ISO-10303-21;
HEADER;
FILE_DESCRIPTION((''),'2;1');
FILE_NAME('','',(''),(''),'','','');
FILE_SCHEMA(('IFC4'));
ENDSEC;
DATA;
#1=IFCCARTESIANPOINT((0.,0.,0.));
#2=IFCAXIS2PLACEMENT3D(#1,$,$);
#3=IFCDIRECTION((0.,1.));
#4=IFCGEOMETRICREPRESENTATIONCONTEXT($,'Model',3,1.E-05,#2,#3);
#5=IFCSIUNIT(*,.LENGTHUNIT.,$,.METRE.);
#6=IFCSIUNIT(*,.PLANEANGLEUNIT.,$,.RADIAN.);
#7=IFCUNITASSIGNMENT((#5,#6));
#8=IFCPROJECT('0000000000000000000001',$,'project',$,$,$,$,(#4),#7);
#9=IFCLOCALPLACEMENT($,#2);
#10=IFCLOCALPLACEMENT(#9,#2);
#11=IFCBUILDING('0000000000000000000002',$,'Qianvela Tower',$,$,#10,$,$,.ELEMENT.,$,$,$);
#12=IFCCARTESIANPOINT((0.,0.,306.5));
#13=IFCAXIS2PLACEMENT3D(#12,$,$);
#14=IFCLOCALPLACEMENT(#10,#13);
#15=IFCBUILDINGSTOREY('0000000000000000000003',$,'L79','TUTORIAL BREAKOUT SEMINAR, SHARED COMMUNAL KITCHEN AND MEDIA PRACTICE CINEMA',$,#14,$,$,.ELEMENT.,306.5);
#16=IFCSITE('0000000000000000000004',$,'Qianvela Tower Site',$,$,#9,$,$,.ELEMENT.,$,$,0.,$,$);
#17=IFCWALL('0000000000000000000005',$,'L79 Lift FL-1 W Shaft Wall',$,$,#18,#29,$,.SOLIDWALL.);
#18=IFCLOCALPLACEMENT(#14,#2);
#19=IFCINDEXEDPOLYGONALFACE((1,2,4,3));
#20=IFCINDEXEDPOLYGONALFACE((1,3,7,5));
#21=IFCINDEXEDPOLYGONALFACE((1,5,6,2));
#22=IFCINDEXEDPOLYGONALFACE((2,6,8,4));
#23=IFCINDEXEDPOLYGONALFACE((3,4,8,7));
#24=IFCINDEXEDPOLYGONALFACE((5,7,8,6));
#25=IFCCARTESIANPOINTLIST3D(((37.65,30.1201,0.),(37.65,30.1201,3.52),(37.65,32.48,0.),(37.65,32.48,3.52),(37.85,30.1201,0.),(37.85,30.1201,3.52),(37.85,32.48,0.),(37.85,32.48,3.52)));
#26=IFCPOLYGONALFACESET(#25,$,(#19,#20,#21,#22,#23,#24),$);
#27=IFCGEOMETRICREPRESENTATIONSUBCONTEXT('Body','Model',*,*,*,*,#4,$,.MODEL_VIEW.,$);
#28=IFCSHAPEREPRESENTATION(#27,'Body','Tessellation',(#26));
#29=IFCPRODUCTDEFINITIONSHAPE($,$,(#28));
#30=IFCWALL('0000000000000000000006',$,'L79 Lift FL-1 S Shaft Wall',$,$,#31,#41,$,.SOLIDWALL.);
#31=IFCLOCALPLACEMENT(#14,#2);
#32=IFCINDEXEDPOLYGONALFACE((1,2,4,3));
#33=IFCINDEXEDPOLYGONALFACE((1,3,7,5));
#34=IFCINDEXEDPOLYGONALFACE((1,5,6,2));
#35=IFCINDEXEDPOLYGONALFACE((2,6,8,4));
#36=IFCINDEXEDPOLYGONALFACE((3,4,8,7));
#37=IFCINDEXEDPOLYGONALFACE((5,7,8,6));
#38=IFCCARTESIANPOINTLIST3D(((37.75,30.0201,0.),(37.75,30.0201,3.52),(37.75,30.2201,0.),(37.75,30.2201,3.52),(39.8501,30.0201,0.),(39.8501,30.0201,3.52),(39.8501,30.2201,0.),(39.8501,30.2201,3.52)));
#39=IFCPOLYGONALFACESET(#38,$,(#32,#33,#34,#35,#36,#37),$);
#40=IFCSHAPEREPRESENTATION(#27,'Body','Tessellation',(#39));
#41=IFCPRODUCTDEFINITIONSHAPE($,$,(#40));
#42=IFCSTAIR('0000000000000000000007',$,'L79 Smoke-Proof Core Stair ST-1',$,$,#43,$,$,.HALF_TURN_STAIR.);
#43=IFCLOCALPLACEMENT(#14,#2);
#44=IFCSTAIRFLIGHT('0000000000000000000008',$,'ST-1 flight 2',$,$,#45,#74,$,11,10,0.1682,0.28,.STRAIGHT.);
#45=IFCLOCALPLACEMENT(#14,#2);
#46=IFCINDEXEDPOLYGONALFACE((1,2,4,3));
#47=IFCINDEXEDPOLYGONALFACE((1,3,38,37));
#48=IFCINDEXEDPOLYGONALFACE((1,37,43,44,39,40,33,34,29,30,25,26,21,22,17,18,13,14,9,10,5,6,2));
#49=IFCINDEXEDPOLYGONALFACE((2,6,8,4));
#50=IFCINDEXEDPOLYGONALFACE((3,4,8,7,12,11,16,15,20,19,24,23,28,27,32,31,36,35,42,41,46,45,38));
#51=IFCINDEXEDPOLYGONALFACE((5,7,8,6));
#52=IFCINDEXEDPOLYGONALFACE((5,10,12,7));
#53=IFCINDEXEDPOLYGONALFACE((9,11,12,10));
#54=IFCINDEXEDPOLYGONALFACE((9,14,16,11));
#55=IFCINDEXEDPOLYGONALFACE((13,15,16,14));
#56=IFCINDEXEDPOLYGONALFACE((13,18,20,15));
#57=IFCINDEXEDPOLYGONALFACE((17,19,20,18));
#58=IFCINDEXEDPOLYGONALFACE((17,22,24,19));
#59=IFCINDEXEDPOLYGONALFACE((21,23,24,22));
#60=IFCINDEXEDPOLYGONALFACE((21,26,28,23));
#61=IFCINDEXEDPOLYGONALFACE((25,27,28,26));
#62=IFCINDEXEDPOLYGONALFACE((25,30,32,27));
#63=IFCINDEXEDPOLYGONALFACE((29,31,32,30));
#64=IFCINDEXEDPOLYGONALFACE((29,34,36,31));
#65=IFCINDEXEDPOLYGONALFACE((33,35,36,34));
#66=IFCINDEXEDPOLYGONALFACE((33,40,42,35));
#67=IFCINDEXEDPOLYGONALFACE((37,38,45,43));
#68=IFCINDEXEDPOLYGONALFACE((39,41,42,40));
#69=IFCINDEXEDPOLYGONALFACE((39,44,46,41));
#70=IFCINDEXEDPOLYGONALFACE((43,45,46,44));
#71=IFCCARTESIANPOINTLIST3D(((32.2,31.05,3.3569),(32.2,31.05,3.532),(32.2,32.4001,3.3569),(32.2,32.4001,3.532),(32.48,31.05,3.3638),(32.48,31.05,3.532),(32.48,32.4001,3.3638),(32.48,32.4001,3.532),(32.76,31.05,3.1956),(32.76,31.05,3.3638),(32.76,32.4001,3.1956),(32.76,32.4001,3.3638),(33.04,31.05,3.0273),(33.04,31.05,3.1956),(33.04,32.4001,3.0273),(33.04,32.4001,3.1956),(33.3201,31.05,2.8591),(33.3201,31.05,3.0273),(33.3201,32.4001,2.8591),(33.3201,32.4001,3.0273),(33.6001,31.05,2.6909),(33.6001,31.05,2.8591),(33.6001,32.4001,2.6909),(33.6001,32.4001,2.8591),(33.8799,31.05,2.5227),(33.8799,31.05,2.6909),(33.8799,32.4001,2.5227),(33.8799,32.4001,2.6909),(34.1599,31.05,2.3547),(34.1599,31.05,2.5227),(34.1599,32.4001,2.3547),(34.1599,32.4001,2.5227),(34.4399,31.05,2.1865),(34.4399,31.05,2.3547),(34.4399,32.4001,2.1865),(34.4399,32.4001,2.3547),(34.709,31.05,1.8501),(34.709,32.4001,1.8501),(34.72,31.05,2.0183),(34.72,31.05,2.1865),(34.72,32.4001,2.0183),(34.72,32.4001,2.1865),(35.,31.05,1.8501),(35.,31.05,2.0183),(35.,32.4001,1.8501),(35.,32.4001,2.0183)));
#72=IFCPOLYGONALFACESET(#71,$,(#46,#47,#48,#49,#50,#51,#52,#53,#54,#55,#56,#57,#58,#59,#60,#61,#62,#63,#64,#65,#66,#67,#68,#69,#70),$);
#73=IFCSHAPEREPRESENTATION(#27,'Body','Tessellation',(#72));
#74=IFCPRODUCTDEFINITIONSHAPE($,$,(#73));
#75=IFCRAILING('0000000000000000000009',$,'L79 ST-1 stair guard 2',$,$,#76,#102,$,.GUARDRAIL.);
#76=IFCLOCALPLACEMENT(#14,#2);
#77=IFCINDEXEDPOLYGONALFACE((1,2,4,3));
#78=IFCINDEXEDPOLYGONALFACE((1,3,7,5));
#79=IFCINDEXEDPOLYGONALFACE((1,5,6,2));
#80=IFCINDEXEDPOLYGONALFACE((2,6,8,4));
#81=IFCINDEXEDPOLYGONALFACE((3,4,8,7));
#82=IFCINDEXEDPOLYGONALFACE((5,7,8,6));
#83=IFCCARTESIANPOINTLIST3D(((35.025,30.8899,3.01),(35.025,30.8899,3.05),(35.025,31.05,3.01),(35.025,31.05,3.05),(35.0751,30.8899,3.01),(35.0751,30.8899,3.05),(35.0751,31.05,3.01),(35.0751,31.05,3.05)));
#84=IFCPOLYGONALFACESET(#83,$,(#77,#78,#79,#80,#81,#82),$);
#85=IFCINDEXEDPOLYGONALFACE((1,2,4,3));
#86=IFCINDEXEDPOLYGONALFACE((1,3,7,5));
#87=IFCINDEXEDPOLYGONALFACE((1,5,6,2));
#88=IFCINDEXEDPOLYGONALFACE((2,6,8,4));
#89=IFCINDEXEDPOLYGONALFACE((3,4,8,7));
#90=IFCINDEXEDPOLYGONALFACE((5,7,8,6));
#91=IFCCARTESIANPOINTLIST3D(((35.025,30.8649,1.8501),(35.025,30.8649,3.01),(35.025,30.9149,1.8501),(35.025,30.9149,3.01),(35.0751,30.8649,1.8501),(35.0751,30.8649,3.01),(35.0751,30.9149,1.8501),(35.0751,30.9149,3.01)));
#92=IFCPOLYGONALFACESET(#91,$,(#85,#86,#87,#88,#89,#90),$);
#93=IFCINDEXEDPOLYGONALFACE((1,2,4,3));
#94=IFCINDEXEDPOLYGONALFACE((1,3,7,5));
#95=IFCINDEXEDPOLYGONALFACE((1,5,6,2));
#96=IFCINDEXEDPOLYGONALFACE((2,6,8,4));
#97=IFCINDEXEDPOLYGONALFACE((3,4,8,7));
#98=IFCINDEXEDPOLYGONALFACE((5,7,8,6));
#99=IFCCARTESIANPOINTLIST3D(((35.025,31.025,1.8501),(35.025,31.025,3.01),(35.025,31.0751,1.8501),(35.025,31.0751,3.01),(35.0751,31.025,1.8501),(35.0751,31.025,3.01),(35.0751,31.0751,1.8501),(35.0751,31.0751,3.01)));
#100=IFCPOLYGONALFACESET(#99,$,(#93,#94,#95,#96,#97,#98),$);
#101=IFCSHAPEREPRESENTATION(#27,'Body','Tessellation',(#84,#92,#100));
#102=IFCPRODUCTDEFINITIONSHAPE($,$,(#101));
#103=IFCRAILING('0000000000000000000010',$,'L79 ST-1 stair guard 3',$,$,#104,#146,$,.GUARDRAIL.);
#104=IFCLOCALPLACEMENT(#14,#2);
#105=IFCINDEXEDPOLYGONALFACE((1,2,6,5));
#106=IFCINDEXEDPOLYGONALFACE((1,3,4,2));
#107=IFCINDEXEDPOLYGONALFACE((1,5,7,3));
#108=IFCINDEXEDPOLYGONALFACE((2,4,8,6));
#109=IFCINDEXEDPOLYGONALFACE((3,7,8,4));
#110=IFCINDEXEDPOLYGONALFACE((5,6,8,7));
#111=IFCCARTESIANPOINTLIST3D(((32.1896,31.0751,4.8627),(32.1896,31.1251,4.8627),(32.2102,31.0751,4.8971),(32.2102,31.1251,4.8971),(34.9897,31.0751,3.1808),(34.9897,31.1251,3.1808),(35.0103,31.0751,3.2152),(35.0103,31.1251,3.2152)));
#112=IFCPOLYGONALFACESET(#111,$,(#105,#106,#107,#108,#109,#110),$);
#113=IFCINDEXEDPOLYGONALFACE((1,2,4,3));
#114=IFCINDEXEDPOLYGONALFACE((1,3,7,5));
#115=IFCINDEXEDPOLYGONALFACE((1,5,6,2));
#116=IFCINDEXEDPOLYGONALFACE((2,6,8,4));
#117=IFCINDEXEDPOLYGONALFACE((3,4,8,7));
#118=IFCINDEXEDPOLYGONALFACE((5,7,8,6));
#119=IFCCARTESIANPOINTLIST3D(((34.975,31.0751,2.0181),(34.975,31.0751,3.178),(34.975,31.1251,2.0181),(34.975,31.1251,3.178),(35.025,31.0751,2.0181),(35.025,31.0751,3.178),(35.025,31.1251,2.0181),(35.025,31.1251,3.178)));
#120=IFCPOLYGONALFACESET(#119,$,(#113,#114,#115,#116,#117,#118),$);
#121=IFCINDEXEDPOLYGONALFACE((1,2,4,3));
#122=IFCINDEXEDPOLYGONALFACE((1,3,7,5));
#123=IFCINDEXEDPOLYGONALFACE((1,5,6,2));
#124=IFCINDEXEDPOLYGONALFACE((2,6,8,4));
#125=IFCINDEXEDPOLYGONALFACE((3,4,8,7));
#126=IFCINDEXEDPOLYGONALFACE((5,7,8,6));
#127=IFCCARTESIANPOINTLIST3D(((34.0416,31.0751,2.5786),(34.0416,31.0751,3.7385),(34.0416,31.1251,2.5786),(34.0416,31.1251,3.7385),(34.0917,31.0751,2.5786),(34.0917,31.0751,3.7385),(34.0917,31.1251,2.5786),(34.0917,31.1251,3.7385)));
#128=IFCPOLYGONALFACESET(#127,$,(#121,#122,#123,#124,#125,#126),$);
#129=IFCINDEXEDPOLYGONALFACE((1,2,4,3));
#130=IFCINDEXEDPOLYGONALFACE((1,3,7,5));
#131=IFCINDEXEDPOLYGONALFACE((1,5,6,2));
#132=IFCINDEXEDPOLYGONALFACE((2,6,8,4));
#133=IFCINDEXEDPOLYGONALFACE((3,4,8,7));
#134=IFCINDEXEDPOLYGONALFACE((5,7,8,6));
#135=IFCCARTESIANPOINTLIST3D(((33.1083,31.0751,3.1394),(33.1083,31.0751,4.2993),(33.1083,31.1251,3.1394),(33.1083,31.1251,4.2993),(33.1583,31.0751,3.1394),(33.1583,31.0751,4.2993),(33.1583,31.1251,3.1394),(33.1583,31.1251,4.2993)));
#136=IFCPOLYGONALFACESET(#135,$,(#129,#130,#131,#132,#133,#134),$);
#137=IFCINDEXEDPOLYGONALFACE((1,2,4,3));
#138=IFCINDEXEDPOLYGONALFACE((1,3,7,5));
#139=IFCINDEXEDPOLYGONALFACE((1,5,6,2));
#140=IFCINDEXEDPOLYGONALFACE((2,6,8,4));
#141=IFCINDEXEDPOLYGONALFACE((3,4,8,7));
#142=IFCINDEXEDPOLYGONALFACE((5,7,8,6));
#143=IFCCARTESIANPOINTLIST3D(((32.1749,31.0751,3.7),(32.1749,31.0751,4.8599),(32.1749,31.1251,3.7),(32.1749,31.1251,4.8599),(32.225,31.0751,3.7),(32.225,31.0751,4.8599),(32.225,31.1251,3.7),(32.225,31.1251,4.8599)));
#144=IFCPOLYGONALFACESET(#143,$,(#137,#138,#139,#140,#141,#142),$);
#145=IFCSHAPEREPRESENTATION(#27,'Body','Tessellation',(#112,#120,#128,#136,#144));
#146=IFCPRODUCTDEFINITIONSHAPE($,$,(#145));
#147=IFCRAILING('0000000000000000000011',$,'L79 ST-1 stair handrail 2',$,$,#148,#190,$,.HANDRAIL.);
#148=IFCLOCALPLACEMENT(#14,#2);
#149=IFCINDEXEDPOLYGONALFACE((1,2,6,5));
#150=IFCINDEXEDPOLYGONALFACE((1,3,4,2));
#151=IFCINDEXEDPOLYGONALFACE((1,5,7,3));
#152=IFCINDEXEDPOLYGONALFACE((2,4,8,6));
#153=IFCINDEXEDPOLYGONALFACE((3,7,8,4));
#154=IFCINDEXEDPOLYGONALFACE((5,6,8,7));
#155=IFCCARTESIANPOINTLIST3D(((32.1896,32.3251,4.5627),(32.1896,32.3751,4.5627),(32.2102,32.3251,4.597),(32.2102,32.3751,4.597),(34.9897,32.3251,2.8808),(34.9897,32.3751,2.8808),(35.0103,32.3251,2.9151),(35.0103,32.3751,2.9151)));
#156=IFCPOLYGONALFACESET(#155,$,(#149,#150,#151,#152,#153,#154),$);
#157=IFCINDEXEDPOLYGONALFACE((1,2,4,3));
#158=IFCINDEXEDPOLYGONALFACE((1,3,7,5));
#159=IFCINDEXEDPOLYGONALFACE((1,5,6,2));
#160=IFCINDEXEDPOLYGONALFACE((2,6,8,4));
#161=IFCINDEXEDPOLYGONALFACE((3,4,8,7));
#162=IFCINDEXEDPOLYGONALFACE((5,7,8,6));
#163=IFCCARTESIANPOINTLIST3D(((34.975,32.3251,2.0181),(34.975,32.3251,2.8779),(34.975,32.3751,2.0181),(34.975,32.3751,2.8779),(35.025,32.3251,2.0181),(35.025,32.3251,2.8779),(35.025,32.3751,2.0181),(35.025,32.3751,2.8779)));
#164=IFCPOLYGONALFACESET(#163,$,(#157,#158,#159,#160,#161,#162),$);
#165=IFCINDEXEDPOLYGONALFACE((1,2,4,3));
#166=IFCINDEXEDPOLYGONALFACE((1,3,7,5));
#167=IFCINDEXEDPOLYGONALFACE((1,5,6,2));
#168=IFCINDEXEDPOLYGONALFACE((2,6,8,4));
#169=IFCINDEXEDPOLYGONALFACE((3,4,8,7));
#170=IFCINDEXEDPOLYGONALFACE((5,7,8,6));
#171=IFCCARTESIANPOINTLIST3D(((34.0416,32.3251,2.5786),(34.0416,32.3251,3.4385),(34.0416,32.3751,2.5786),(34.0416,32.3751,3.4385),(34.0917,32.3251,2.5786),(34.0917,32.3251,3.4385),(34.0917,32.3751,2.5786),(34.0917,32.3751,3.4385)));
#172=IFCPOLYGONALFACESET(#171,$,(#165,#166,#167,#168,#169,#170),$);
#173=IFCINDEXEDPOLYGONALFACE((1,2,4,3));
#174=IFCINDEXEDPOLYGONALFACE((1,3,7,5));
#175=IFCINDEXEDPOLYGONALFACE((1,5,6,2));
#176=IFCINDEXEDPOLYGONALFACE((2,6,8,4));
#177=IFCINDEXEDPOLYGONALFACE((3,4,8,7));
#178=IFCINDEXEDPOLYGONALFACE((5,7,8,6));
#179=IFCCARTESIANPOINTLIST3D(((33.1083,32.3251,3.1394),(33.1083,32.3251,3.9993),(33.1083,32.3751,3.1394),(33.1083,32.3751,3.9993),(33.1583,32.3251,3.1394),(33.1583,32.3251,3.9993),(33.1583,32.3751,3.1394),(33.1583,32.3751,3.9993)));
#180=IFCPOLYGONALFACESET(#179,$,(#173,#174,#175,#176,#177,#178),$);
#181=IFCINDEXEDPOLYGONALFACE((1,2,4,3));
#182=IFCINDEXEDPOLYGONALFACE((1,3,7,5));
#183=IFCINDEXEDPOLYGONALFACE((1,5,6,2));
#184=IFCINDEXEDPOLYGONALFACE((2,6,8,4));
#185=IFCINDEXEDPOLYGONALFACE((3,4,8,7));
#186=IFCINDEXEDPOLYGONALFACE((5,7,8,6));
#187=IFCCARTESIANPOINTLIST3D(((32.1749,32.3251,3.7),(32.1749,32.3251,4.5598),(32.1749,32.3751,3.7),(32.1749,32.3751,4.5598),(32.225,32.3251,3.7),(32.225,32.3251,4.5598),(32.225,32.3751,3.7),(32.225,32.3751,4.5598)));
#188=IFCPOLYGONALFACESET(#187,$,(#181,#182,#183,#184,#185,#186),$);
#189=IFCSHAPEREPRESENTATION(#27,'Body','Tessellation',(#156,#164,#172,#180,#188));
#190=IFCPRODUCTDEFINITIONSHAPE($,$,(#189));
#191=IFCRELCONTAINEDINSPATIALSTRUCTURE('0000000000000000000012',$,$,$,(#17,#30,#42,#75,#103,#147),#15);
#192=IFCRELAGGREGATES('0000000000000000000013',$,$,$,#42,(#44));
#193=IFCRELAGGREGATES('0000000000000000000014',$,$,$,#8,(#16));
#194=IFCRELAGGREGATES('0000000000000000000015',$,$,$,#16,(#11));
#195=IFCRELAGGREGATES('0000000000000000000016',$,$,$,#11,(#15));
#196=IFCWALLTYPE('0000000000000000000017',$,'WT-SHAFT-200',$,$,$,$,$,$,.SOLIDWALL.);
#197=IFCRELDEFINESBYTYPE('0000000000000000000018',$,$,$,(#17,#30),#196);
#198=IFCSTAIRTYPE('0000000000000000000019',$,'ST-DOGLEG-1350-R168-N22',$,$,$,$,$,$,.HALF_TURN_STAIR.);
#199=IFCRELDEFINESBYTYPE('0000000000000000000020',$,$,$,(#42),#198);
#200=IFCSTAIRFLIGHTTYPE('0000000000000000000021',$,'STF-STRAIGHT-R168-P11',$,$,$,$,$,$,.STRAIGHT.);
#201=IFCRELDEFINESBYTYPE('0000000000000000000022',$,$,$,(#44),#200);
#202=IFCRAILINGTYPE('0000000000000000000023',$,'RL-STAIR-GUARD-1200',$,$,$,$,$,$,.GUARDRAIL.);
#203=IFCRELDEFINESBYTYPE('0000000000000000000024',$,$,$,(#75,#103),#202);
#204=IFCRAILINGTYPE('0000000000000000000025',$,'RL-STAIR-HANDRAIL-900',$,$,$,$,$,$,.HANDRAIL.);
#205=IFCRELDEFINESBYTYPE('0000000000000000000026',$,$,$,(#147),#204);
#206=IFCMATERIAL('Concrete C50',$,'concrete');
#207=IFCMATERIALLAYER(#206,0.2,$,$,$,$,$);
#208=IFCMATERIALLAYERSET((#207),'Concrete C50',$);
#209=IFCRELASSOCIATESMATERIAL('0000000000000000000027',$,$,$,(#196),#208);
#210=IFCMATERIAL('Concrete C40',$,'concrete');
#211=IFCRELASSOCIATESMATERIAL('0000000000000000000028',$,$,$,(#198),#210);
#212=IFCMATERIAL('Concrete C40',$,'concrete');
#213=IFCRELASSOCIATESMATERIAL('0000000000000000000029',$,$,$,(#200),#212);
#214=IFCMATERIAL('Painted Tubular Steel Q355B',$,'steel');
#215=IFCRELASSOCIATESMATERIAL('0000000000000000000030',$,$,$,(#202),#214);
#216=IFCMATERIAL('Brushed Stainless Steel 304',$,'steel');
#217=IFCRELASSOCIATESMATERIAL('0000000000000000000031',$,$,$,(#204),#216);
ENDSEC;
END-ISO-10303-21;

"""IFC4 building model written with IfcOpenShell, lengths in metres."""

from ifc_helpers import new_model, si_unit, direction, frame, frame_2d, origin, origin_2d, place, context, subcontext, project, spatial, polyline, rectangle, outline, extrude, material, layer, layer_set, type_object, element, aggregate, save


model = new_model("IFC4")

# Units and contexts
model_context = context("Model", 3, precision=1e-05, world=origin(), true_north=direction((0.0, 1.0)))
body_context = subcontext(model_context, "Body", "Model", "MODEL_VIEW")
ifc_project = project(units=[si_unit("LENGTHUNIT", "METRE"), si_unit("PLANEANGLEUNIT", "RADIAN")], contexts=[model_context])

# Site, building, storey
site_placement = place(None, origin())
site = spatial("IfcSite", under=ifc_project, at=site_placement, Name="Qianvela Tower Site", CompositionType="ELEMENT", RefElevation=0.0)
building_placement = place(site_placement, origin())
building = spatial("IfcBuilding", under=site, at=building_placement, Name="Qianvela Tower", CompositionType="ELEMENT")
storey_placement = place(building_placement, frame((0.0, 0.0, 306.5)))
storey = spatial("IfcBuildingStorey", under=building, at=storey_placement, Name="L79", Description="TUTORIAL BREAKOUT SEMINAR, SHARED COMMUNAL KITCHEN AND MEDIA PRACTICE CINEMA", CompositionType="ELEMENT", Elevation=306.5)

# Walls
ifc_material_1 = material(Name="Concrete C50", Category="concrete")
ifc_layer_1 = layer(ifc_material_1, 0.2)
ifc_layer_set_1 = layer_set([ifc_layer_1], Name="Concrete C50")
wall_type_1 = type_object("IfcWallType", Name="WT-SHAFT-200", PredefinedType="SOLIDWALL", material=ifc_layer_set_1)
wall_1_placement = place(storey_placement, frame((37.75, 30.1201, 0.0), z_axis=(0.0, 0.0, 1.0), x_axis=(0.0, 1.0, 0.0)))
element("IfcWall", 1, at=wall_1_placement, inside=storey, type_object=wall_type_1, Name="L79 Lift FL-1 W Shaft Wall", PredefinedType="SOLIDWALL", context=body_context, shape_type="SweptSolid", body=[
    extrude(rectangle(XDim=2.3599, YDim=0.2, at=frame_2d((1.1799, 0.0))), origin(), (0.0, 0.0, 1.0), 3.52),
])
wall_2_placement = place(storey_placement, frame((37.75, 30.1201, 0.0), z_axis=(0.0, 0.0, 1.0), x_axis=(1.0, 0.0, 0.0)))
element("IfcWall", 2, at=wall_2_placement, inside=storey, type_object=wall_type_1, Name="L79 Lift FL-1 S Shaft Wall", PredefinedType="SOLIDWALL", context=body_context, shape_type="SweptSolid", body=[
    extrude(rectangle(XDim=2.1001, YDim=0.2, at=frame_2d((1.05, 0.0))), origin(), (0.0, 0.0, 1.0), 3.52),
])

# Stair, stair flight
ifc_material_2 = material(Name="Concrete C40", Category="concrete")
stair_type = type_object("IfcStairType", Name="ST-DOGLEG-1350-R168-N22", PredefinedType="HALF_TURN_STAIR", material=ifc_material_2)
stair_placement = place(storey_placement, origin())
stair = element("IfcStair", 3, at=stair_placement, inside=storey, type_object=stair_type, Name="L79 Smoke-Proof Core Stair ST-1", PredefinedType="HALF_TURN_STAIR")
ifc_material_3 = material(Name="Concrete C40", Category="concrete")
stair_flight_type = type_object("IfcStairFlightType", Name="STF-STRAIGHT-R168-P11", PredefinedType="STRAIGHT", material=ifc_material_3)
stair_flight_placement = place(storey_placement, frame((35.0, 31.7251, 1.8501), z_axis=(0.0, 0.0, 1.0), x_axis=(-1.0, 0.0, 0.0)))
stair_flight = element("IfcStairFlight", 4, at=stair_flight_placement, type_object=stair_flight_type, Name="ST-1 flight 2", NumberOfRisers=11, NumberOfTreads=10, PredefinedType="STRAIGHT", RiserHeight=0.1682, TreadLength=0.28, context=body_context, shape_type="SweptSolid", body=[
    extrude(outline(polyline([(0.0, 0.0), (0.0, 0.1682), (0.28, 0.1682), (0.28, 0.3364), (0.5601, 0.3364), (0.5601, 0.5046), (0.8401, 0.5046), (0.8401, 0.6726), (1.1201, 0.6726), (1.1201, 0.8408), (1.3999, 0.8408), (1.3999, 1.009), (1.6799, 1.009), (1.6799, 1.1772), (1.96, 1.1772), (1.96, 1.3455), (2.24, 1.3455), (2.24, 1.5137), (2.52, 1.5137), (2.52, 1.6819), (2.8, 1.6819), (2.8, 1.8501), (2.8, 1.5068), (0.291, 0.0), (0.0, 0.0)])), frame((0.0, 0.675, 0.0), z_axis=(0.0, -1.0, 0.0), x_axis=(1.0, 0.0, 0.0)), (0.0, 0.0, 1.0), 1.3501),
])
aggregate(stair, [stair_flight])

# Railings
ifc_material_4 = material(Name="Painted Tubular Steel Q355B", Category="steel")
railing_type_1 = type_object("IfcRailingType", Name="RL-STAIR-GUARD-1200", PredefinedType="GUARDRAIL", material=ifc_material_4)
railing_1_placement = place(storey_placement, frame((35.05, 30.8899, 1.8501)))
element("IfcRailing", 5, at=railing_1_placement, inside=storey, type_object=railing_type_1, Name="L79 ST-1 stair guard 2", PredefinedType="GUARDRAIL", context=body_context, shape_type="SweptSolid", body=[
    extrude(rectangle(XDim=0.05, YDim=0.04, at=origin_2d()), frame((0.0, 0.0, 1.1799), z_axis=(0.0, 1.0, 0.0), x_axis=(-1.0, 0.0, 0.0)), (0.0, 0.0, 1.0), 0.1602),
    extrude(rectangle(XDim=0.05, YDim=0.05, at=origin_2d()), origin(), (0.0, 0.0, 1.0), 1.1599),
    extrude(rectangle(XDim=0.05, YDim=0.05, at=origin_2d()), frame((0.0, 0.1602, 0.0)), (0.0, 0.0, 1.0), 1.1599),
])
railing_2_placement = place(storey_placement, frame((35.0, 31.1001, 2.0181)))
element("IfcRailing", 6, at=railing_2_placement, inside=storey, type_object=railing_type_1, Name="L79 ST-1 stair guard 3", PredefinedType="GUARDRAIL", context=body_context, shape_type="SweptSolid", body=[
    extrude(rectangle(XDim=0.05, YDim=0.04, at=origin_2d()), frame((0.0, 0.0, 1.1799), z_axis=(-0.857242, 0.0, 0.514913), x_axis=(0.0, -1.0, 0.0)), (0.0, 0.0, 1.0), 3.2664),
    extrude(rectangle(XDim=0.05, YDim=0.05, at=origin_2d()), origin(), (0.0, 0.0, 1.0), 1.1599),
    extrude(rectangle(XDim=0.05, YDim=0.05, at=origin_2d()), frame((-0.9333, 0.0, 0.5605)), (0.0, 0.0, 1.0), 1.1599),
    extrude(rectangle(XDim=0.05, YDim=0.05, at=origin_2d()), frame((-1.8667, 0.0, 1.1213)), (0.0, 0.0, 1.0), 1.1599),
    extrude(rectangle(XDim=0.05, YDim=0.05, at=origin_2d()), frame((-2.8, 0.0, 1.6819)), (0.0, 0.0, 1.0), 1.1599),
])
ifc_material_5 = material(Name="Brushed Stainless Steel 304", Category="steel")
railing_type_2 = type_object("IfcRailingType", Name="RL-STAIR-HANDRAIL-900", PredefinedType="HANDRAIL", material=ifc_material_5)
for number, where, name in (
    (7, (35.0, 32.3501, 2.0181), "L79 ST-1 stair handrail 2"),
):
    element("IfcRailing", number, at=place(storey_placement, frame(where)), inside=storey, type_object=railing_type_2, Name=name, PredefinedType="HANDRAIL", context=body_context, shape_type="SweptSolid", body=[
        extrude(rectangle(XDim=0.05, YDim=0.04, at=origin_2d()), frame((0.0, 0.0, 0.8799), z_axis=(-0.857242, 0.0, 0.514913), x_axis=(0.0, -1.0, 0.0)), (0.0, 0.0, 1.0), 3.2664),
        extrude(rectangle(XDim=0.05, YDim=0.05, at=origin_2d()), origin(), (0.0, 0.0, 1.0), 0.8599),
        extrude(rectangle(XDim=0.05, YDim=0.05, at=origin_2d()), frame((-0.9333, 0.0, 0.5605)), (0.0, 0.0, 1.0), 0.8599),
        extrude(rectangle(XDim=0.05, YDim=0.05, at=origin_2d()), frame((-1.8667, 0.0, 1.1213)), (0.0, 0.0, 1.0), 0.8599),
        extrude(rectangle(XDim=0.05, YDim=0.05, at=origin_2d()), frame((-2.8, 0.0, 1.6819)), (0.0, 0.0, 1.0), 0.8599),
    ])

save(model, "model.ifc")
